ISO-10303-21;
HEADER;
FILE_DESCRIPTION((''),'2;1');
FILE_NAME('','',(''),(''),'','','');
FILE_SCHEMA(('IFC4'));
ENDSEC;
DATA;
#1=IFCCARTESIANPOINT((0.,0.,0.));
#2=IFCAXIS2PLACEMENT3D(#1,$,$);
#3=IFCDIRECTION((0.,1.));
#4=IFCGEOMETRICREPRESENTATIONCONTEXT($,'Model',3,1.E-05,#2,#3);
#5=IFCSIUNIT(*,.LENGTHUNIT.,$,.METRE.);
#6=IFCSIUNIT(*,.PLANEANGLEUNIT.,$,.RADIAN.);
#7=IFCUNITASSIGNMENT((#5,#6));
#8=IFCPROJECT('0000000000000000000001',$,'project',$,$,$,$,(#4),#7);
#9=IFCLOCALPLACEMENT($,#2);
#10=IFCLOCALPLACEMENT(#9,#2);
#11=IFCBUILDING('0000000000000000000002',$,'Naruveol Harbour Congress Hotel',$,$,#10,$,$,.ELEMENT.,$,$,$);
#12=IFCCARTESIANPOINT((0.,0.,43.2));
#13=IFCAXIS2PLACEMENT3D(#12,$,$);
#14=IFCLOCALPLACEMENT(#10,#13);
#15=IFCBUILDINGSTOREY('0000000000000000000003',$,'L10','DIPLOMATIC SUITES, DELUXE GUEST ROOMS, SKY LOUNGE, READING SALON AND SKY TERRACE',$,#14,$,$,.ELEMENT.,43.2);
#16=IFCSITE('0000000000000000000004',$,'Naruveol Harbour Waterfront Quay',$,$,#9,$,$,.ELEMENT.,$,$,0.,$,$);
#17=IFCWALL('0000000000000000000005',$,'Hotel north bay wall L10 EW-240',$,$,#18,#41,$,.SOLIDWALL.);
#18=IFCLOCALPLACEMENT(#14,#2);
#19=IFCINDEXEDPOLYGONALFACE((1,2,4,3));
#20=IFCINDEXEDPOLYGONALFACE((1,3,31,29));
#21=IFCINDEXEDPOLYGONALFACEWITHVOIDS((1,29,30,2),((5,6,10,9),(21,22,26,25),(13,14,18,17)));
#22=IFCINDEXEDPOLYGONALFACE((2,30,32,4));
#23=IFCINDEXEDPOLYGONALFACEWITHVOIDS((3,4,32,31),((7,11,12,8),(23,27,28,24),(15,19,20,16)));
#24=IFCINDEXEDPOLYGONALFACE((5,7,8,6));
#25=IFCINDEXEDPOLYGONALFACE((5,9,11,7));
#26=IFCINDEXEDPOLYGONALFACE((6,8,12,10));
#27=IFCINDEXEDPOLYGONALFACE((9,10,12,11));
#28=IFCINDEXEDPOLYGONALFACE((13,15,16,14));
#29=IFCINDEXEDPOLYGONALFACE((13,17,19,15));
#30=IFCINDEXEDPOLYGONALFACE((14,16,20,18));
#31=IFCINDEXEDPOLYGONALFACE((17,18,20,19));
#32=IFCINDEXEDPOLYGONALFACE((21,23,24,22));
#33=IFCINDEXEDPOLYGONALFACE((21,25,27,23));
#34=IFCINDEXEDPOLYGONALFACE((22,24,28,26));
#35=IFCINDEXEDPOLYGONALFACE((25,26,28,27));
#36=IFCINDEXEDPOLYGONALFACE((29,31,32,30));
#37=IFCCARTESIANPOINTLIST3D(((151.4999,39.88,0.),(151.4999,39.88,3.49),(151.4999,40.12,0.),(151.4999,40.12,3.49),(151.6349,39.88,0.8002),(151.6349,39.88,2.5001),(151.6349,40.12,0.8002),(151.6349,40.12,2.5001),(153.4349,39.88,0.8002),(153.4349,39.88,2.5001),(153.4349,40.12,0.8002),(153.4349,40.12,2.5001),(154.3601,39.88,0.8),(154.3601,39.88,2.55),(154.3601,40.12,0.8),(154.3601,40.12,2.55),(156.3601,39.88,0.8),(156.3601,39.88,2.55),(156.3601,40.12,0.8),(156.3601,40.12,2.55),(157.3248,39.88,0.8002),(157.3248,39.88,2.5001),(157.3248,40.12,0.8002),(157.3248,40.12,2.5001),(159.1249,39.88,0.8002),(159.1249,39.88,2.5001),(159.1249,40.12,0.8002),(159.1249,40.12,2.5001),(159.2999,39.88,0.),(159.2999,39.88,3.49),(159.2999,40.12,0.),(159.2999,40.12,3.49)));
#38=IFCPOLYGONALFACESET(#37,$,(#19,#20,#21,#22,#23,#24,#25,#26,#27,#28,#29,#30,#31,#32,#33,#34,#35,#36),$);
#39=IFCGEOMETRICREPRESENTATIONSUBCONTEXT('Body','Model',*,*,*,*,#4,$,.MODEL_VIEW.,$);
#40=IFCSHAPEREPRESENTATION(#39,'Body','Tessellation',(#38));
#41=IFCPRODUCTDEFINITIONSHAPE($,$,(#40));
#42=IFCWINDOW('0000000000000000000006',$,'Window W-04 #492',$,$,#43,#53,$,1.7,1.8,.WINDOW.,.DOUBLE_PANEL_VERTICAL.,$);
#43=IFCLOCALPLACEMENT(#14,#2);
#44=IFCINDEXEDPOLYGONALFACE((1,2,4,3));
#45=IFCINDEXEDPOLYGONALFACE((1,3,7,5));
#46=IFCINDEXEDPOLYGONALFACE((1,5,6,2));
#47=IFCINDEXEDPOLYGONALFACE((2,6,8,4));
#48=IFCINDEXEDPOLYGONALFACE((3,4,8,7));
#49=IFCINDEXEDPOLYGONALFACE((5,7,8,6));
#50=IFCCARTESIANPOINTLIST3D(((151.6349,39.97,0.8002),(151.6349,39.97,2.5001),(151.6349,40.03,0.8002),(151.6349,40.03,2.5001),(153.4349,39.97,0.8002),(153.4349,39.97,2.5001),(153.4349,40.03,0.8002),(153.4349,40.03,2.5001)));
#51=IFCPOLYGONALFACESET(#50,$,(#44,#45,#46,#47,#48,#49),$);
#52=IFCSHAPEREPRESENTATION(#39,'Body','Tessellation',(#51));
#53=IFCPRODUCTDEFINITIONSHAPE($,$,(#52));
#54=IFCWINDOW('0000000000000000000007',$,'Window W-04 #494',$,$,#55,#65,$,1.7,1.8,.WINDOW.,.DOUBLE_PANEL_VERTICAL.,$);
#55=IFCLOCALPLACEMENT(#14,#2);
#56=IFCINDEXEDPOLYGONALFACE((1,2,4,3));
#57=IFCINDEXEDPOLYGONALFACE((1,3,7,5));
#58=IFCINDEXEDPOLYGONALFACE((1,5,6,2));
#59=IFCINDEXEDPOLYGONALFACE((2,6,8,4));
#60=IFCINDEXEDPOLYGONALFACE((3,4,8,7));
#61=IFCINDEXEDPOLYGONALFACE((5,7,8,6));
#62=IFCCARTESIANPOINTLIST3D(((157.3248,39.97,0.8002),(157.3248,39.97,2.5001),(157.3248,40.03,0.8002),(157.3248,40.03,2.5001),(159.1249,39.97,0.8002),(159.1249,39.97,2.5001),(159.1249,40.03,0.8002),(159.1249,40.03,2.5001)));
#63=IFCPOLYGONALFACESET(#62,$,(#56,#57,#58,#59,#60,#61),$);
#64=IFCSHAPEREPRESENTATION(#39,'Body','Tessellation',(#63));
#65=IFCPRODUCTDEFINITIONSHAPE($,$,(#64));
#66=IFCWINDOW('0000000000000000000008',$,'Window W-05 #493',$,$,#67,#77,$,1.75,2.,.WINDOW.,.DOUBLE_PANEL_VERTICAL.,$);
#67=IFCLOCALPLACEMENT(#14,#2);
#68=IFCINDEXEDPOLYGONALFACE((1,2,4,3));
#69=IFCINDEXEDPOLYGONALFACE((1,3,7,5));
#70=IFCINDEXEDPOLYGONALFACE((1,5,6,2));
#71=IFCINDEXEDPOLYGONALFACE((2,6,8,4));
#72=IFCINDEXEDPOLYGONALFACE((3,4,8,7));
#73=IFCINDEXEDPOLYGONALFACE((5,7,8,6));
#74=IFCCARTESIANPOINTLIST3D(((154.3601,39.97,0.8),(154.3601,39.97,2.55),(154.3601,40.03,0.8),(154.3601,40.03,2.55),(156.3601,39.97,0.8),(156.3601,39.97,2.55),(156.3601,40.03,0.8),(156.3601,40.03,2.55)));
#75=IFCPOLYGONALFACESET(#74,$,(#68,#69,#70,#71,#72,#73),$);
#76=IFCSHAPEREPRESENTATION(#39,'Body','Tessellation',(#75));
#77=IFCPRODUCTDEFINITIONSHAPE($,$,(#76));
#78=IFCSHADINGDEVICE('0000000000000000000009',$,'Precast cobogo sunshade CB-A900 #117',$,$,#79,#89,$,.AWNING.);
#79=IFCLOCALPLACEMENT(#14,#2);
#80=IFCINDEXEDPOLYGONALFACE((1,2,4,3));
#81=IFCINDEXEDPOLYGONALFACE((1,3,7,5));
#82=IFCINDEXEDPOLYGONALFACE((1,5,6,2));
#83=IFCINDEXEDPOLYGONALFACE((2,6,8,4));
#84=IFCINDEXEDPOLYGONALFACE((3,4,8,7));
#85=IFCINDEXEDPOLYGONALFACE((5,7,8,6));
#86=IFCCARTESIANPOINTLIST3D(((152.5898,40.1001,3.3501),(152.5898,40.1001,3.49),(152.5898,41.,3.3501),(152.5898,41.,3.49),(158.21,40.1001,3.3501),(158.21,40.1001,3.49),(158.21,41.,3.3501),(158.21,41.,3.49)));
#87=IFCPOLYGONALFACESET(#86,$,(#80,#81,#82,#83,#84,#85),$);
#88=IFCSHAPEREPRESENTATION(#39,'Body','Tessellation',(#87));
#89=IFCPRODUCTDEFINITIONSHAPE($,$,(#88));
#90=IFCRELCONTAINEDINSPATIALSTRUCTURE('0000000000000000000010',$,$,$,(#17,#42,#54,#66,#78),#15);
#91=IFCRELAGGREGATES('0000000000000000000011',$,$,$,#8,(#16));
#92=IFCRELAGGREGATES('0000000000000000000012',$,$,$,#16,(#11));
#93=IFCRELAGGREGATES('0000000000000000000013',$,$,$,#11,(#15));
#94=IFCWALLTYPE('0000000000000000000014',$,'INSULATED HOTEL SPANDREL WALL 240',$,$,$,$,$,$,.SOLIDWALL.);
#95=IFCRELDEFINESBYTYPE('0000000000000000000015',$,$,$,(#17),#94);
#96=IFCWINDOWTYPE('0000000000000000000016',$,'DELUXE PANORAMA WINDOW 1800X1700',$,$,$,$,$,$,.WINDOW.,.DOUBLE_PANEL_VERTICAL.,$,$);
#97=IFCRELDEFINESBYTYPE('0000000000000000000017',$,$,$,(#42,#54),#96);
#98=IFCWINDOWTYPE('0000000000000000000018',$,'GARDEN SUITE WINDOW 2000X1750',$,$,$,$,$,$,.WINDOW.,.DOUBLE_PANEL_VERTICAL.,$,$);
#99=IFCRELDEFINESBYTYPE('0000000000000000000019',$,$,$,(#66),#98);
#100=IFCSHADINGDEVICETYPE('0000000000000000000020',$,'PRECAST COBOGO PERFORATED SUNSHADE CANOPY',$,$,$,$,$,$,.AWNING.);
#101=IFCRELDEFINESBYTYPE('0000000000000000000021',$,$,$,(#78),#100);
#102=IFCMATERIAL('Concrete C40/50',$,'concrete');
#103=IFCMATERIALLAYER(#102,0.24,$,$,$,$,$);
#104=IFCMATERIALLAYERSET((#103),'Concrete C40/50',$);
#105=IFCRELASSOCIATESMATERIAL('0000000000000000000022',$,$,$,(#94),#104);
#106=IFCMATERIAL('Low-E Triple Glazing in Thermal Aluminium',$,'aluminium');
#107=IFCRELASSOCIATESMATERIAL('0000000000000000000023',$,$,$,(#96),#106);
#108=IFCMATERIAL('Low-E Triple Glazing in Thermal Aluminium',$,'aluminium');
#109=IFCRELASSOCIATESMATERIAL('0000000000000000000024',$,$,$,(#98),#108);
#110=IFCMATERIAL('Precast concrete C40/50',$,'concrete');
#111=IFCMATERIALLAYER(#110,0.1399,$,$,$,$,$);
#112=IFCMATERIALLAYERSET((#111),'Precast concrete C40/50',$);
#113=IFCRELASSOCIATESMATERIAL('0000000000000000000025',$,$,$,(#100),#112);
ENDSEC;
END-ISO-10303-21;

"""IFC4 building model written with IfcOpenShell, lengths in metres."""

from ifc_helpers import new_model, si_unit, direction, frame, frame_2d, origin, origin_2d, place, context, subcontext, project, spatial, rectangle, extrude, material, layer, layer_set, type_object, element, fill, save


model = new_model("IFC4")

# Units and contexts
model_context = context("Model", 3, precision=1e-05, world=origin(), true_north=direction((0.0, 1.0)))
body_context = subcontext(model_context, "Body", "Model", "MODEL_VIEW")
ifc_project = project(units=[si_unit("LENGTHUNIT", "METRE"), si_unit("PLANEANGLEUNIT", "RADIAN")], contexts=[model_context])

# Site, building, storey
site_placement = place(None, origin())
site = spatial("IfcSite", under=ifc_project, at=site_placement, Name="Naruveol Harbour Waterfront Quay", CompositionType="ELEMENT", RefElevation=0.0)
building_placement = place(site_placement, origin())
building = spatial("IfcBuilding", under=site, at=building_placement, Name="Naruveol Harbour Congress Hotel", CompositionType="ELEMENT")
storey_placement = place(building_placement, frame((0.0, 0.0, 43.2)))
storey = spatial("IfcBuildingStorey", under=building, at=storey_placement, Name="L10", Description="DIPLOMATIC SUITES, DELUXE GUEST ROOMS, SKY LOUNGE, READING SALON AND SKY TERRACE", CompositionType="ELEMENT", Elevation=43.2)

# Wall, openings, windows
ifc_material_1 = material(Name="Concrete C40/50", Category="concrete")
ifc_layer_1 = layer(ifc_material_1, 0.24)
ifc_layer_set_1 = layer_set([ifc_layer_1], Name="Concrete C40/50")
wall_type_1 = type_object("IfcWallType", Name="INSULATED HOTEL SPANDREL WALL 240", PredefinedType="SOLIDWALL", material=ifc_layer_set_1)
wall_1_placement = place(storey_placement, frame((151.5, 40.0, 0.0), z_axis=(0.0, 0.0, 1.0), x_axis=(1.0, 0.0, 0.0)))
wall_1 = element("IfcWall", 1, at=wall_1_placement, inside=storey, type_object=wall_type_1, Name="Hotel north bay wall L10 EW-240", PredefinedType="SOLIDWALL", context=body_context, shape_type="SweptSolid", body=[
    extrude(rectangle(XDim=7.8, YDim=0.24, at=frame_2d((3.8999, 0.0))), origin(), (0.0, 0.0, 1.0), 3.49),
])
opening_1_placement = place(wall_1_placement, frame((0.135, 0.0, 0.8)))
opening_1 = element("IfcOpeningElement", 2, at=opening_1_placement, cuts=wall_1, PredefinedType="OPENING", context=body_context, shape_type="SweptSolid", body=[
    extrude(rectangle(XDim=1.8, YDim=1.7, at=frame_2d((0.8999, 0.8501))), frame((0.0, 0.1299, 0.0), z_axis=(0.0, -1.0, 0.0), x_axis=(1.0, 0.0, 0.0)), (0.0, 0.0, 1.0), 0.26),
])
opening_2_placement = place(wall_1_placement, frame((2.8601, 0.0, 0.8)))
opening_2 = element("IfcOpeningElement", 3, at=opening_2_placement, cuts=wall_1, PredefinedType="OPENING", context=body_context, shape_type="SweptSolid", body=[
    extrude(rectangle(XDim=2.0, YDim=1.75, at=frame_2d((1.0, 0.875))), frame((0.0, 0.1299, 0.0), z_axis=(0.0, -1.0, 0.0), x_axis=(1.0, 0.0, 0.0)), (0.0, 0.0, 1.0), 0.26),
])
opening_3_placement = place(wall_1_placement, frame((5.825, 0.0, 0.8)))
opening_3 = element("IfcOpeningElement", 4, at=opening_3_placement, cuts=wall_1, PredefinedType="OPENING", context=body_context, shape_type="SweptSolid", body=[
    extrude(rectangle(XDim=1.8, YDim=1.7, at=frame_2d((0.8999, 0.8501))), frame((0.0, 0.1299, 0.0), z_axis=(0.0, -1.0, 0.0), x_axis=(1.0, 0.0, 0.0)), (0.0, 0.0, 1.0), 0.26),
])
ifc_material_2 = material(Name="Low-E Triple Glazing in Thermal Aluminium", Category="aluminium")
window_type_1 = type_object("IfcWindowType", Name="DELUXE PANORAMA WINDOW 1800X1700", PartitioningType="DOUBLE_PANEL_VERTICAL", PredefinedType="WINDOW", material=ifc_material_2)
window_1_placement = place(opening_1_placement, origin())
window_1 = element("IfcWindow", 5, at=window_1_placement, inside=storey, type_object=window_type_1, Name="Window W-04 #492", OverallHeight=1.7, OverallWidth=1.8, PartitioningType="DOUBLE_PANEL_VERTICAL", PredefinedType="WINDOW", context=body_context, shape_type="SweptSolid", body=[
    extrude(rectangle(XDim=1.8, YDim=1.7, at=frame_2d((0.8999, 0.8501))), frame((0.0, 0.03, 0.0), z_axis=(0.0, -1.0, 0.0), x_axis=(1.0, 0.0, 0.0)), (0.0, 0.0, 1.0), 0.0601),
])
fill(opening_1, window_1)
window_2_placement = place(opening_3_placement, origin())
window_2 = element("IfcWindow", 6, at=window_2_placement, inside=storey, type_object=window_type_1, Name="Window W-04 #494", OverallHeight=1.7, OverallWidth=1.8, PartitioningType="DOUBLE_PANEL_VERTICAL", PredefinedType="WINDOW", context=body_context, shape_type="SweptSolid", body=[
    extrude(rectangle(XDim=1.8, YDim=1.7, at=frame_2d((0.8999, 0.8501))), frame((0.0, 0.03, 0.0), z_axis=(0.0, -1.0, 0.0), x_axis=(1.0, 0.0, 0.0)), (0.0, 0.0, 1.0), 0.0601),
])
fill(opening_3, window_2)
ifc_material_3 = material(Name="Low-E Triple Glazing in Thermal Aluminium", Category="aluminium")
window_type_2 = type_object("IfcWindowType", Name="GARDEN SUITE WINDOW 2000X1750", PartitioningType="DOUBLE_PANEL_VERTICAL", PredefinedType="WINDOW", material=ifc_material_3)
window_3_placement = place(opening_2_placement, origin())
window_3 = element("IfcWindow", 7, at=window_3_placement, inside=storey, type_object=window_type_2, Name="Window W-05 #493", OverallHeight=1.75, OverallWidth=2.0, PartitioningType="DOUBLE_PANEL_VERTICAL", PredefinedType="WINDOW", context=body_context, shape_type="SweptSolid", body=[
    extrude(rectangle(XDim=2.0, YDim=1.75, at=frame_2d((1.0, 0.875))), frame((0.0, 0.03, 0.0), z_axis=(0.0, -1.0, 0.0), x_axis=(1.0, 0.0, 0.0)), (0.0, 0.0, 1.0), 0.0601),
])
fill(opening_2, window_3)

# Shading device
ifc_material_4 = material(Name="Precast concrete C40/50", Category="concrete")
ifc_layer_2 = layer(ifc_material_4, 0.1399)
ifc_layer_set_2 = layer_set([ifc_layer_2], Name="Precast concrete C40/50")
shading_device_type = type_object("IfcShadingDeviceType", Name="PRECAST COBOGO PERFORATED SUNSHADE CANOPY", PredefinedType="AWNING", material=ifc_layer_set_2)
shading_device_placement = place(storey_placement, frame((155.3999, 40.55, 3.3501), z_axis=(0.0, 0.0, 1.0), x_axis=(1.0, 0.0, 0.0)))
element("IfcShadingDevice", 8, at=shading_device_placement, inside=storey, type_object=shading_device_type, Name="Precast cobogo sunshade CB-A900 #117", PredefinedType="AWNING", context=body_context, shape_type="SweptSolid", body=[
    extrude(rectangle(XDim=5.6201, YDim=0.8999, at=origin_2d()), origin(), (0.0, 0.0, 1.0), 0.1399),
])

save(model, "model.ifc")
